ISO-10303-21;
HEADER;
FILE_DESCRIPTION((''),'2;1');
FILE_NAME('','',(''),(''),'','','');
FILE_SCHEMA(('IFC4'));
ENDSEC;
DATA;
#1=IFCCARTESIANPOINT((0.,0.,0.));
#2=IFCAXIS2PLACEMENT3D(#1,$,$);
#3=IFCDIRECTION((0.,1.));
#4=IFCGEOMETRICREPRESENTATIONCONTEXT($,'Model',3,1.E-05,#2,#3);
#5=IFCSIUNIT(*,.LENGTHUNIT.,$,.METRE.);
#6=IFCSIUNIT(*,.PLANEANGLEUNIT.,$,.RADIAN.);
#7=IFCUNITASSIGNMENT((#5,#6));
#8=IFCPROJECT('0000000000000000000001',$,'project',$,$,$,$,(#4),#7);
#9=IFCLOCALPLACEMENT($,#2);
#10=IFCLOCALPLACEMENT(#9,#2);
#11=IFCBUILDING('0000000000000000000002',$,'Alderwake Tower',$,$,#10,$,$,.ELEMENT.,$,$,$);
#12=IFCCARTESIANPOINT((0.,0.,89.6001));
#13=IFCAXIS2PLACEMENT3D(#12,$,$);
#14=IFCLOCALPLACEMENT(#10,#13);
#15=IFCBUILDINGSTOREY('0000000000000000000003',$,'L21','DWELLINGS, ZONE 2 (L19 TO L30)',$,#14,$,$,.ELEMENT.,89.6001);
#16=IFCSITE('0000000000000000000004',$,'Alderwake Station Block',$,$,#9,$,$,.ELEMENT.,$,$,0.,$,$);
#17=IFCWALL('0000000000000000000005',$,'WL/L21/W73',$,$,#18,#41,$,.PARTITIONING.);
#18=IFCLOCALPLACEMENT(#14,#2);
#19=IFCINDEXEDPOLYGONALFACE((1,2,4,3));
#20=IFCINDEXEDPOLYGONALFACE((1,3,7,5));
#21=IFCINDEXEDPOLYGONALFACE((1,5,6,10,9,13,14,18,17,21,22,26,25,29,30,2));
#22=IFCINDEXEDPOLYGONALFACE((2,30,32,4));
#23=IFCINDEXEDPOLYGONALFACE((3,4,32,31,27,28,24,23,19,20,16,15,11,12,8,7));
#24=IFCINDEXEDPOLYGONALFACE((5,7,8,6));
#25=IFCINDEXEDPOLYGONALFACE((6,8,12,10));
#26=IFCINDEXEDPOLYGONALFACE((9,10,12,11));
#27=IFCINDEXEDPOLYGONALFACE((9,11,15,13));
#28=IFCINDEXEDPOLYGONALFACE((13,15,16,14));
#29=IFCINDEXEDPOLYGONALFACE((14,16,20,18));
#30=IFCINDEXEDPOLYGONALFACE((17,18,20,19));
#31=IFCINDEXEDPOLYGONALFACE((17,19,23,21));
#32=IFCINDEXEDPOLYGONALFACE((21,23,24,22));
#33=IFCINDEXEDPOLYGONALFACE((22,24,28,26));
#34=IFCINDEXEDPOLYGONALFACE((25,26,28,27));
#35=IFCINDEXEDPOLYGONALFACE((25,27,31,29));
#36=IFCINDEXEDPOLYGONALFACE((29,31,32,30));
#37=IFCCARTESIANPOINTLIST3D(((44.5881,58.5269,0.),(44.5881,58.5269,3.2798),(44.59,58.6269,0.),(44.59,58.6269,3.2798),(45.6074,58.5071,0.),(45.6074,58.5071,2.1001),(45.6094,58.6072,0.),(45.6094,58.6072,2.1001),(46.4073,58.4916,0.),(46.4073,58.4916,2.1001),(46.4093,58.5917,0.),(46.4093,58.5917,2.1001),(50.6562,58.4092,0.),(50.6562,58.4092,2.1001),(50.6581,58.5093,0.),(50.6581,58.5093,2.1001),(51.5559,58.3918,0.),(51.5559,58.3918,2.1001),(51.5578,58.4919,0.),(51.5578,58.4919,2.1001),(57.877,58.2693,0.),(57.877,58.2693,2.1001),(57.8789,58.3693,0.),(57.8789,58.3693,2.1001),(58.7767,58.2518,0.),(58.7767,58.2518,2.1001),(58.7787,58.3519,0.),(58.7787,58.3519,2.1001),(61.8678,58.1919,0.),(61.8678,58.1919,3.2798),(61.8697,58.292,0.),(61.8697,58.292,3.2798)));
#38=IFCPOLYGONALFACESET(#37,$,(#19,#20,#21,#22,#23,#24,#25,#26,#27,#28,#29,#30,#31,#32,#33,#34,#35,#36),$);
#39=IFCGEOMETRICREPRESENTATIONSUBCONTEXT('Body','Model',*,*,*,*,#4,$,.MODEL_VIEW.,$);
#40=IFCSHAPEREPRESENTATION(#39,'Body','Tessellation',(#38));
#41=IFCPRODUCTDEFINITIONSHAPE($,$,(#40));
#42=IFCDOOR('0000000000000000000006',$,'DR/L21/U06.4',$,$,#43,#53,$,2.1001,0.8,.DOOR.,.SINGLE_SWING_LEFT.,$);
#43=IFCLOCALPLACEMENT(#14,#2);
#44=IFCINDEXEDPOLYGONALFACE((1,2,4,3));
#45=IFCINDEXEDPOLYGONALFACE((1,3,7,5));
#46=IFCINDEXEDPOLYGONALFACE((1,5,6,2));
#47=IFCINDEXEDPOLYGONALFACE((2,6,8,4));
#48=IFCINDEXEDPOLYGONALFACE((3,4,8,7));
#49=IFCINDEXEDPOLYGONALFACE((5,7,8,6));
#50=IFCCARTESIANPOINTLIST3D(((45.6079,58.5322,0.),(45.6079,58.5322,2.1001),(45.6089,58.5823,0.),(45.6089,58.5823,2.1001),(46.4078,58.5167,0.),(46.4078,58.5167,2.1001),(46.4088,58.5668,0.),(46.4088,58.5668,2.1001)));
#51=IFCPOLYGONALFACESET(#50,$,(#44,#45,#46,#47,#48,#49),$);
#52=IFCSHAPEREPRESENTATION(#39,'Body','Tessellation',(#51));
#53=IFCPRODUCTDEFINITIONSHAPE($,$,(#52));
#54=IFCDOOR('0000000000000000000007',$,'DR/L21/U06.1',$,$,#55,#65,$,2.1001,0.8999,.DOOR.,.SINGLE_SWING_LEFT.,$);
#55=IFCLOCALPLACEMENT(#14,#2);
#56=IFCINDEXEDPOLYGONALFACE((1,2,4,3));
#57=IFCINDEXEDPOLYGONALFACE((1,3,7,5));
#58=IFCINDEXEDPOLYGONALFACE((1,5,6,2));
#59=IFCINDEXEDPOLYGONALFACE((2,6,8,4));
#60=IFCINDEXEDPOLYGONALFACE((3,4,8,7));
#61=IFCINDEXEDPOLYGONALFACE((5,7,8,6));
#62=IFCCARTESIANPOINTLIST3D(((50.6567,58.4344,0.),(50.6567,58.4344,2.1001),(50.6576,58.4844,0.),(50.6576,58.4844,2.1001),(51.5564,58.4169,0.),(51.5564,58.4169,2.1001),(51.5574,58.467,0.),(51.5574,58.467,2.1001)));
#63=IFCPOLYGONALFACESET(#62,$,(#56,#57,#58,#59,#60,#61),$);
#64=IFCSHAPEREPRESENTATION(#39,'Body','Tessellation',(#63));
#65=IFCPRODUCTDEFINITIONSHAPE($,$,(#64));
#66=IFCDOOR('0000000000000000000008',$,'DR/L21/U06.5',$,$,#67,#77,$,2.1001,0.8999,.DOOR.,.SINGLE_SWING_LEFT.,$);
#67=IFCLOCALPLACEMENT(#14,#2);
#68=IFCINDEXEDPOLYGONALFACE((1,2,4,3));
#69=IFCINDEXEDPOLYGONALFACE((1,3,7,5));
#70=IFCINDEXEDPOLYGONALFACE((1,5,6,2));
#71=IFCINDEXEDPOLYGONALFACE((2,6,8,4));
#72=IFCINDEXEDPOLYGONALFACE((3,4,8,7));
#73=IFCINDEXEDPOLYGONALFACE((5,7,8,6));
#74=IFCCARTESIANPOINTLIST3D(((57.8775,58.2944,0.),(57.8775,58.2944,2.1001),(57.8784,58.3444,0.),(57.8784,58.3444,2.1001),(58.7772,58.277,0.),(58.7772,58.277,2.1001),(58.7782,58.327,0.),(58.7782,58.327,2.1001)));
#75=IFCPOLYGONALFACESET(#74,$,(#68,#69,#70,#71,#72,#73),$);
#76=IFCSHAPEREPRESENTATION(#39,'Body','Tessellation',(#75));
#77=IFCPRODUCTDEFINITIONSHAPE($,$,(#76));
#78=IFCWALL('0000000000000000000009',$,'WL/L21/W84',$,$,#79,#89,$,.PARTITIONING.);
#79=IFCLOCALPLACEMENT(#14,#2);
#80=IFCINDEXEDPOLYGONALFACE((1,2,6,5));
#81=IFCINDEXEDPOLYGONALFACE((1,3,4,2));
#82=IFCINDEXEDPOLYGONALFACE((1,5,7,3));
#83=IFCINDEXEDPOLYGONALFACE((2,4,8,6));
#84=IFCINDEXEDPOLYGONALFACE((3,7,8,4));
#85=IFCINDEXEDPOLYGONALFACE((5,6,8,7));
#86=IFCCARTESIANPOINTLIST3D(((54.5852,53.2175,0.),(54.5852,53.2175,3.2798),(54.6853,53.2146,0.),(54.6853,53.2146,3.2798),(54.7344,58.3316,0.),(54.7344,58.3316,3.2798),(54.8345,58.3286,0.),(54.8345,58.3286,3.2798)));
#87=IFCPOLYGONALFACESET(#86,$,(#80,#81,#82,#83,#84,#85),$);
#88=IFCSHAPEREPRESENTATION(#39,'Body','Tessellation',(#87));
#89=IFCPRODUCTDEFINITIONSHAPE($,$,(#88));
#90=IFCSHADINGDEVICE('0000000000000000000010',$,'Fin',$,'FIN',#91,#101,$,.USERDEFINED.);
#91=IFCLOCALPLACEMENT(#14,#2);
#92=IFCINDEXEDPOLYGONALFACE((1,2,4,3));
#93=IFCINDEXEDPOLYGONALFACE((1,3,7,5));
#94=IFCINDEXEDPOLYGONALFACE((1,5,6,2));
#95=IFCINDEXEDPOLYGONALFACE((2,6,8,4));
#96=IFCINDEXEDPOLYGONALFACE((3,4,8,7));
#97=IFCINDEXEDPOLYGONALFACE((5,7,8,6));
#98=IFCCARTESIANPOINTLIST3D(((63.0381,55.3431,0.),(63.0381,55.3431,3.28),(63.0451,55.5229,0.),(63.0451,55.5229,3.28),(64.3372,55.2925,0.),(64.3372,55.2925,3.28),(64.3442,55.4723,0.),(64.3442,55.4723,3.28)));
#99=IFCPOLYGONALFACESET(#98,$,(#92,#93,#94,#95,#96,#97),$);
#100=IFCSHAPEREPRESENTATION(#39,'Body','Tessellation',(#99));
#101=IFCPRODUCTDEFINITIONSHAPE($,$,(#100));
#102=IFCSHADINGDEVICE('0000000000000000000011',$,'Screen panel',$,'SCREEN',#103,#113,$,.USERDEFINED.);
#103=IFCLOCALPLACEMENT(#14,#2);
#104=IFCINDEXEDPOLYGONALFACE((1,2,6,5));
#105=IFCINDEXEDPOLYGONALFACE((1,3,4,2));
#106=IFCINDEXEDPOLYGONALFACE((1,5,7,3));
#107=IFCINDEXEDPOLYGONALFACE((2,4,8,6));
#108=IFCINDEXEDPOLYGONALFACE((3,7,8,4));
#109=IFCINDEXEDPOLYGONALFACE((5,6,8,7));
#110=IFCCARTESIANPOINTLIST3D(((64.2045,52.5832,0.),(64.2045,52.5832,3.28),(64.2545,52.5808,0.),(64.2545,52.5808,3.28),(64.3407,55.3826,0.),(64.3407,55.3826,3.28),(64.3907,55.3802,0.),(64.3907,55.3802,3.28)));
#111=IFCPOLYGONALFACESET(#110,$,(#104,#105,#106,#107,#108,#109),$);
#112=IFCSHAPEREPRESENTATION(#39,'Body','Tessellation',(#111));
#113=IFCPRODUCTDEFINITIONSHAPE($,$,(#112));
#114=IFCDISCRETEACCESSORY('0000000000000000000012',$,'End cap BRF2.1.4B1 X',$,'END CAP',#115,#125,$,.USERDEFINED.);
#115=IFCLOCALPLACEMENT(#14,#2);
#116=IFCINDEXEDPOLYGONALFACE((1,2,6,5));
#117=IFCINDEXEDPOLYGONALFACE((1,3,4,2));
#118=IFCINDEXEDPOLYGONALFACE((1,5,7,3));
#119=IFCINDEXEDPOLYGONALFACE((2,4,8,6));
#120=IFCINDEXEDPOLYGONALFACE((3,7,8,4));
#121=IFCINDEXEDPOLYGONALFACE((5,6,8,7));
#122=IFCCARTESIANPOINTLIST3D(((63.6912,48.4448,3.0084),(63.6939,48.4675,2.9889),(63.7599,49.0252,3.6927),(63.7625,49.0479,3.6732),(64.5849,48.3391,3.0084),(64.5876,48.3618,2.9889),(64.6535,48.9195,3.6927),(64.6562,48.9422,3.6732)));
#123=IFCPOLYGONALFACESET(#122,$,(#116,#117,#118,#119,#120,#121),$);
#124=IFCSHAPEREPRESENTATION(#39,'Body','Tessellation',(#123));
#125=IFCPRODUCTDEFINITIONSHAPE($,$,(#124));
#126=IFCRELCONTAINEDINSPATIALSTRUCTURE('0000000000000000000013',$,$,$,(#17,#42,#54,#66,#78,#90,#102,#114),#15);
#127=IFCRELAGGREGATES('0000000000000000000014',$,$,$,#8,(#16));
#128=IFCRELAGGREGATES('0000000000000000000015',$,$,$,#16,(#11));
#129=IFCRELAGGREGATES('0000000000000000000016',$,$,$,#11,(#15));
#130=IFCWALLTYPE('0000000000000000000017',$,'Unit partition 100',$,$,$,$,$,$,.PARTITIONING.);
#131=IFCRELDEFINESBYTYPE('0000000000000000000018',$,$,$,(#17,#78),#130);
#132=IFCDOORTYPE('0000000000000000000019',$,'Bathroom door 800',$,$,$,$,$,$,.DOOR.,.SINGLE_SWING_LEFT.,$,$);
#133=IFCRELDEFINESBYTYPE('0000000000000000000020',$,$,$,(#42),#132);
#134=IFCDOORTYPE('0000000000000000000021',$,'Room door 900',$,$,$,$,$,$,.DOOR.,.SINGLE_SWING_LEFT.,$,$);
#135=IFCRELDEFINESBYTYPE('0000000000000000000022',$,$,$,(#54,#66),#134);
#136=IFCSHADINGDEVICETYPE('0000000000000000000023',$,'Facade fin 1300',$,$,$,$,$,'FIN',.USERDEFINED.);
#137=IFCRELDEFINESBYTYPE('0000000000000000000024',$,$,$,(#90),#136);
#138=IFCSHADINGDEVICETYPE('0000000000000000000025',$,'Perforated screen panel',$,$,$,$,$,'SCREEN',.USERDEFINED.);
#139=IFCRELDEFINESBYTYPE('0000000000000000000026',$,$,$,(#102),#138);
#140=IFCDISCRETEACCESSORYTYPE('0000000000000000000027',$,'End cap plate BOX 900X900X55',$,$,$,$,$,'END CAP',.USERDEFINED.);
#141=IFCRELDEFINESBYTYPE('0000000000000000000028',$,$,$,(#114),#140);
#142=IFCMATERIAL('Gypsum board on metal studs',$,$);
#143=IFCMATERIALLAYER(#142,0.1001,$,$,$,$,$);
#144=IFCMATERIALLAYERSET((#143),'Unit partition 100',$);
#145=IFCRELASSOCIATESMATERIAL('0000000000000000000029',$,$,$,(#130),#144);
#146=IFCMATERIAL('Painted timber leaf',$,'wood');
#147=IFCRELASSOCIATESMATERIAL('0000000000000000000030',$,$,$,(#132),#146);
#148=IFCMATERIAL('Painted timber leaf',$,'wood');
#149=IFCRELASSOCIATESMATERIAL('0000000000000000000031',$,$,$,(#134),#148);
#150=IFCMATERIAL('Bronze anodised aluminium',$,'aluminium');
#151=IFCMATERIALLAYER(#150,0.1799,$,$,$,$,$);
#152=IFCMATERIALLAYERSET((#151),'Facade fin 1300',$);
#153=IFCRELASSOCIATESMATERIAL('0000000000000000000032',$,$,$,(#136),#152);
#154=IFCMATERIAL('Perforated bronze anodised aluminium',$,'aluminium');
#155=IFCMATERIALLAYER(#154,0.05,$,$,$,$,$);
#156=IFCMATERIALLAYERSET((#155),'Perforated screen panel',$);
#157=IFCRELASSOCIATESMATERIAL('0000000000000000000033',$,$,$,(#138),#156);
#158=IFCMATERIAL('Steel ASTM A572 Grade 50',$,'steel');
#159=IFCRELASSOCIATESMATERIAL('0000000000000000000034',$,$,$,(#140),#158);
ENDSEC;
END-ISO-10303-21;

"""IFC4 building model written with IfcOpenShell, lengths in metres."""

from ifc_helpers import new_model, si_unit, direction, frame, frame_2d, origin, origin_2d, place, context, subcontext, project, spatial, rectangle, extrude, material, layer, layer_set, material_profile, profile_set, type_object, element, fill, save


model = new_model("IFC4")

# Units and contexts
model_context = context("Model", 3, precision=1e-05, world=origin(), true_north=direction((0.0, 1.0)))
body_context = subcontext(model_context, "Body", "Model", "MODEL_VIEW")
ifc_project = project(units=[si_unit("LENGTHUNIT", "METRE"), si_unit("PLANEANGLEUNIT", "RADIAN")], contexts=[model_context])

# Site, building, storey
site_placement = place(None, origin())
site = spatial("IfcSite", under=ifc_project, at=site_placement, Name="Alderwake Station Block", CompositionType="ELEMENT", RefElevation=0.0)
building_placement = place(site_placement, origin())
building = spatial("IfcBuilding", under=site, at=building_placement, Name="Alderwake Tower", CompositionType="ELEMENT")
storey_placement = place(building_placement, frame((0.0, 0.0, 89.6001)))
storey = spatial("IfcBuildingStorey", under=building, at=storey_placement, Name="L21", Description="DWELLINGS, ZONE 2 (L19 TO L30)", CompositionType="ELEMENT", Elevation=89.6001)

# Wall, openings, doors
ifc_material_1 = material(Name="Gypsum board on metal studs")
ifc_layer_1 = layer(ifc_material_1, 0.1001)
ifc_layer_set_1 = layer_set([ifc_layer_1], Name="Unit partition 100")
wall_type_1 = type_object("IfcWallType", Name="Unit partition 100", PredefinedType="PARTITIONING", material=ifc_layer_set_1)
wall_1_placement = place(storey_placement, frame((61.8689, 58.2419, 0.0), z_axis=(0.0, 0.0, 1.0), x_axis=(-0.999812, 0.019381, 0.0)))
wall_1 = element("IfcWall", 1, at=wall_1_placement, inside=storey, type_object=wall_type_1, Name="WL/L21/W73", PredefinedType="PARTITIONING", context=body_context, shape_type="SweptSolid", body=[
    extrude(rectangle(XDim=17.283, YDim=0.1001, at=frame_2d((8.6416, 0.0))), origin(), (0.0, 0.0, 1.0), 3.2798),
])
opening_1_placement = place(wall_1_placement, frame((10.314, 0.0, 0.0)))
opening_1 = element("IfcOpeningElement", 2, at=opening_1_placement, cuts=wall_1, PredefinedType="OPENING", context=body_context, shape_type="SweptSolid", body=[
    extrude(rectangle(XDim=0.8999, YDim=2.1001, at=frame_2d((0.45, 1.05))), frame((0.0, 0.0601, 0.0), z_axis=(0.0, -1.0, 0.0), x_axis=(1.0, 0.0, 0.0)), (0.0, 0.0, 1.0), 0.1201),
])
opening_2_placement = place(wall_1_placement, frame((15.4636, 0.0, 0.0)))
opening_2 = element("IfcOpeningElement", 3, at=opening_2_placement, cuts=wall_1, PredefinedType="OPENING", context=body_context, shape_type="SweptSolid", body=[
    extrude(rectangle(XDim=0.8, YDim=2.1001, at=frame_2d((0.3999, 1.05))), frame((0.0, 0.0601, 0.0), z_axis=(0.0, -1.0, 0.0), x_axis=(1.0, 0.0, 0.0)), (0.0, 0.0, 1.0), 0.1201),
])
opening_3_placement = place(wall_1_placement, frame((3.0918, 0.0, 0.0)))
opening_3 = element("IfcOpeningElement", 4, at=opening_3_placement, cuts=wall_1, PredefinedType="OPENING", context=body_context, shape_type="SweptSolid", body=[
    extrude(rectangle(XDim=0.8999, YDim=2.1001, at=frame_2d((0.45, 1.05))), frame((0.0, 0.0601, 0.0), z_axis=(0.0, -1.0, 0.0), x_axis=(1.0, 0.0, 0.0)), (0.0, 0.0, 1.0), 0.1201),
])
ifc_material_2 = material(Name="Painted timber leaf", Category="wood")
door_type_1 = type_object("IfcDoorType", Name="Bathroom door 800", OperationType="SINGLE_SWING_LEFT", PredefinedType="DOOR", material=ifc_material_2)
door_1_placement = place(opening_2_placement, origin())
door_1 = element("IfcDoor", 5, at=door_1_placement, inside=storey, type_object=door_type_1, Name="DR/L21/U06.4", OperationType="SINGLE_SWING_LEFT", OverallHeight=2.1001, OverallWidth=0.8, PredefinedType="DOOR", context=body_context, shape_type="SweptSolid", body=[
    extrude(rectangle(XDim=0.8, YDim=2.1001, at=frame_2d((0.3999, 1.05))), frame((0.0, 0.0249, 0.0), z_axis=(0.0, -1.0, 0.0), x_axis=(1.0, 0.0, 0.0)), (0.0, 0.0, 1.0), 0.05),
])
fill(opening_2, door_1)
ifc_material_3 = material(Name="Painted timber leaf", Category="wood")
door_type_2 = type_object("IfcDoorType", Name="Room door 900", OperationType="SINGLE_SWING_LEFT", PredefinedType="DOOR", material=ifc_material_3)
door_2_placement = place(opening_1_placement, origin())
door_2 = element("IfcDoor", 6, at=door_2_placement, inside=storey, type_object=door_type_2, Name="DR/L21/U06.1", OperationType="SINGLE_SWING_LEFT", OverallHeight=2.1001, OverallWidth=0.8999, PredefinedType="DOOR", context=body_context, shape_type="SweptSolid", body=[
    extrude(rectangle(XDim=0.8999, YDim=2.1001, at=frame_2d((0.45, 1.05))), frame((0.0, 0.0249, 0.0), z_axis=(0.0, -1.0, 0.0), x_axis=(1.0, 0.0, 0.0)), (0.0, 0.0, 1.0), 0.05),
])
fill(opening_1, door_2)
door_3_placement = place(opening_3_placement, origin())
door_3 = element("IfcDoor", 7, at=door_3_placement, inside=storey, type_object=door_type_2, Name="DR/L21/U06.5", OperationType="SINGLE_SWING_LEFT", OverallHeight=2.1001, OverallWidth=0.8999, PredefinedType="DOOR", context=body_context, shape_type="SweptSolid", body=[
    extrude(rectangle(XDim=0.8999, YDim=2.1001, at=frame_2d((0.45, 1.05))), frame((0.0, 0.0249, 0.0), z_axis=(0.0, -1.0, 0.0), x_axis=(1.0, 0.0, 0.0)), (0.0, 0.0, 1.0), 0.05),
])
fill(opening_3, door_3)

# Wall
wall_2_placement = place(storey_placement, frame((54.6353, 53.2161, 0.0), z_axis=(0.0, 0.0, 1.0), x_axis=(0.029156, 0.999575, 0.0)))
element("IfcWall", 8, at=wall_2_placement, inside=storey, type_object=wall_type_1, Name="WL/L21/W84", PredefinedType="PARTITIONING", context=body_context, shape_type="SweptSolid", body=[
    extrude(rectangle(XDim=5.1162, YDim=0.1001, at=frame_2d((2.5581, 0.0))), origin(), (0.0, 0.0, 1.0), 3.2798),
])

# Shading devices
ifc_material_4 = material(Name="Bronze anodised aluminium", Category="aluminium")
ifc_layer_2 = layer(ifc_material_4, 0.1799)
ifc_layer_set_2 = layer_set([ifc_layer_2], Name="Facade fin 1300")
shading_device_type_1 = type_object("IfcShadingDeviceType", Name="Facade fin 1300", ElementType="FIN", PredefinedType="USERDEFINED", material=ifc_layer_set_2)
shading_device_1_placement = place(storey_placement, frame((63.6912, 55.4077, 0.0), z_axis=(0.0, 0.0, 1.0), x_axis=(0.999243, -0.03889, 0.0)))
element("IfcShadingDevice", 9, at=shading_device_1_placement, inside=storey, type_object=shading_device_type_1, Name="Fin", ObjectType="FIN", PredefinedType="USERDEFINED", context=body_context, shape_type="SweptSolid", body=[
    extrude(rectangle(XDim=1.3, YDim=0.1799, at=origin_2d()), origin(), (0.0, 0.0, 1.0), 3.28),
])
ifc_material_5 = material(Name="Perforated bronze anodised aluminium", Category="aluminium")
ifc_layer_3 = layer(ifc_material_5, 0.05)
ifc_layer_set_3 = layer_set([ifc_layer_3], Name="Perforated screen panel")
shading_device_type_2 = type_object("IfcShadingDeviceType", Name="Perforated screen panel", ElementType="SCREEN", PredefinedType="USERDEFINED", material=ifc_layer_set_3)
shading_device_2_placement = place(storey_placement, frame((64.2976, 53.9817, 0.0), z_axis=(0.0, 0.0, 1.0), x_axis=(0.998819, -0.048581, 0.0)))
element("IfcShadingDevice", 10, at=shading_device_2_placement, inside=storey, type_object=shading_device_type_2, Name="Screen panel", ObjectType="SCREEN", PredefinedType="USERDEFINED", context=body_context, shape_type="SweptSolid", body=[
    extrude(rectangle(XDim=0.05, YDim=2.8027, at=origin_2d()), origin(), (0.0, 0.0, 1.0), 3.28),
])

# Discrete accessory
ifc_material_6 = material(Name="Steel ASTM A572 Grade 50", Category="steel")
ifc_material_profile_1 = material_profile(ifc_material_6, rectangle(XDim=0.8999, YDim=0.8999, at=origin_2d()), Name="BOX 900X900X55 cap")
ifc_profile_set_1 = profile_set([ifc_material_profile_1], Name="Steel ASTM A572 Grade 50")
discrete_accessory_type = type_object("IfcDiscreteAccessoryType", Name="End cap plate BOX 900X900X55", ElementType="END CAP", PredefinedType="USERDEFINED", material=ifc_profile_set_1)
discrete_accessory_placement = place(storey_placement, frame((64.175, 48.7048, 3.3311), z_axis=(-0.08931, -0.755075, 0.649527), x_axis=(0.993078, -0.117461, 0.0)))
element("IfcDiscreteAccessory", 11, at=discrete_accessory_placement, inside=storey, type_object=discrete_accessory_type, Name="End cap BRF2.1.4B1 X", ObjectType="END CAP", PredefinedType="USERDEFINED", context=body_context, shape_type="SweptSolid", body=[
    extrude(rectangle(XDim=0.8999, YDim=0.8999, at=origin_2d()), origin(), (0.0, 0.0, 1.0), 0.03),
])

save(model, "model.ifc")
